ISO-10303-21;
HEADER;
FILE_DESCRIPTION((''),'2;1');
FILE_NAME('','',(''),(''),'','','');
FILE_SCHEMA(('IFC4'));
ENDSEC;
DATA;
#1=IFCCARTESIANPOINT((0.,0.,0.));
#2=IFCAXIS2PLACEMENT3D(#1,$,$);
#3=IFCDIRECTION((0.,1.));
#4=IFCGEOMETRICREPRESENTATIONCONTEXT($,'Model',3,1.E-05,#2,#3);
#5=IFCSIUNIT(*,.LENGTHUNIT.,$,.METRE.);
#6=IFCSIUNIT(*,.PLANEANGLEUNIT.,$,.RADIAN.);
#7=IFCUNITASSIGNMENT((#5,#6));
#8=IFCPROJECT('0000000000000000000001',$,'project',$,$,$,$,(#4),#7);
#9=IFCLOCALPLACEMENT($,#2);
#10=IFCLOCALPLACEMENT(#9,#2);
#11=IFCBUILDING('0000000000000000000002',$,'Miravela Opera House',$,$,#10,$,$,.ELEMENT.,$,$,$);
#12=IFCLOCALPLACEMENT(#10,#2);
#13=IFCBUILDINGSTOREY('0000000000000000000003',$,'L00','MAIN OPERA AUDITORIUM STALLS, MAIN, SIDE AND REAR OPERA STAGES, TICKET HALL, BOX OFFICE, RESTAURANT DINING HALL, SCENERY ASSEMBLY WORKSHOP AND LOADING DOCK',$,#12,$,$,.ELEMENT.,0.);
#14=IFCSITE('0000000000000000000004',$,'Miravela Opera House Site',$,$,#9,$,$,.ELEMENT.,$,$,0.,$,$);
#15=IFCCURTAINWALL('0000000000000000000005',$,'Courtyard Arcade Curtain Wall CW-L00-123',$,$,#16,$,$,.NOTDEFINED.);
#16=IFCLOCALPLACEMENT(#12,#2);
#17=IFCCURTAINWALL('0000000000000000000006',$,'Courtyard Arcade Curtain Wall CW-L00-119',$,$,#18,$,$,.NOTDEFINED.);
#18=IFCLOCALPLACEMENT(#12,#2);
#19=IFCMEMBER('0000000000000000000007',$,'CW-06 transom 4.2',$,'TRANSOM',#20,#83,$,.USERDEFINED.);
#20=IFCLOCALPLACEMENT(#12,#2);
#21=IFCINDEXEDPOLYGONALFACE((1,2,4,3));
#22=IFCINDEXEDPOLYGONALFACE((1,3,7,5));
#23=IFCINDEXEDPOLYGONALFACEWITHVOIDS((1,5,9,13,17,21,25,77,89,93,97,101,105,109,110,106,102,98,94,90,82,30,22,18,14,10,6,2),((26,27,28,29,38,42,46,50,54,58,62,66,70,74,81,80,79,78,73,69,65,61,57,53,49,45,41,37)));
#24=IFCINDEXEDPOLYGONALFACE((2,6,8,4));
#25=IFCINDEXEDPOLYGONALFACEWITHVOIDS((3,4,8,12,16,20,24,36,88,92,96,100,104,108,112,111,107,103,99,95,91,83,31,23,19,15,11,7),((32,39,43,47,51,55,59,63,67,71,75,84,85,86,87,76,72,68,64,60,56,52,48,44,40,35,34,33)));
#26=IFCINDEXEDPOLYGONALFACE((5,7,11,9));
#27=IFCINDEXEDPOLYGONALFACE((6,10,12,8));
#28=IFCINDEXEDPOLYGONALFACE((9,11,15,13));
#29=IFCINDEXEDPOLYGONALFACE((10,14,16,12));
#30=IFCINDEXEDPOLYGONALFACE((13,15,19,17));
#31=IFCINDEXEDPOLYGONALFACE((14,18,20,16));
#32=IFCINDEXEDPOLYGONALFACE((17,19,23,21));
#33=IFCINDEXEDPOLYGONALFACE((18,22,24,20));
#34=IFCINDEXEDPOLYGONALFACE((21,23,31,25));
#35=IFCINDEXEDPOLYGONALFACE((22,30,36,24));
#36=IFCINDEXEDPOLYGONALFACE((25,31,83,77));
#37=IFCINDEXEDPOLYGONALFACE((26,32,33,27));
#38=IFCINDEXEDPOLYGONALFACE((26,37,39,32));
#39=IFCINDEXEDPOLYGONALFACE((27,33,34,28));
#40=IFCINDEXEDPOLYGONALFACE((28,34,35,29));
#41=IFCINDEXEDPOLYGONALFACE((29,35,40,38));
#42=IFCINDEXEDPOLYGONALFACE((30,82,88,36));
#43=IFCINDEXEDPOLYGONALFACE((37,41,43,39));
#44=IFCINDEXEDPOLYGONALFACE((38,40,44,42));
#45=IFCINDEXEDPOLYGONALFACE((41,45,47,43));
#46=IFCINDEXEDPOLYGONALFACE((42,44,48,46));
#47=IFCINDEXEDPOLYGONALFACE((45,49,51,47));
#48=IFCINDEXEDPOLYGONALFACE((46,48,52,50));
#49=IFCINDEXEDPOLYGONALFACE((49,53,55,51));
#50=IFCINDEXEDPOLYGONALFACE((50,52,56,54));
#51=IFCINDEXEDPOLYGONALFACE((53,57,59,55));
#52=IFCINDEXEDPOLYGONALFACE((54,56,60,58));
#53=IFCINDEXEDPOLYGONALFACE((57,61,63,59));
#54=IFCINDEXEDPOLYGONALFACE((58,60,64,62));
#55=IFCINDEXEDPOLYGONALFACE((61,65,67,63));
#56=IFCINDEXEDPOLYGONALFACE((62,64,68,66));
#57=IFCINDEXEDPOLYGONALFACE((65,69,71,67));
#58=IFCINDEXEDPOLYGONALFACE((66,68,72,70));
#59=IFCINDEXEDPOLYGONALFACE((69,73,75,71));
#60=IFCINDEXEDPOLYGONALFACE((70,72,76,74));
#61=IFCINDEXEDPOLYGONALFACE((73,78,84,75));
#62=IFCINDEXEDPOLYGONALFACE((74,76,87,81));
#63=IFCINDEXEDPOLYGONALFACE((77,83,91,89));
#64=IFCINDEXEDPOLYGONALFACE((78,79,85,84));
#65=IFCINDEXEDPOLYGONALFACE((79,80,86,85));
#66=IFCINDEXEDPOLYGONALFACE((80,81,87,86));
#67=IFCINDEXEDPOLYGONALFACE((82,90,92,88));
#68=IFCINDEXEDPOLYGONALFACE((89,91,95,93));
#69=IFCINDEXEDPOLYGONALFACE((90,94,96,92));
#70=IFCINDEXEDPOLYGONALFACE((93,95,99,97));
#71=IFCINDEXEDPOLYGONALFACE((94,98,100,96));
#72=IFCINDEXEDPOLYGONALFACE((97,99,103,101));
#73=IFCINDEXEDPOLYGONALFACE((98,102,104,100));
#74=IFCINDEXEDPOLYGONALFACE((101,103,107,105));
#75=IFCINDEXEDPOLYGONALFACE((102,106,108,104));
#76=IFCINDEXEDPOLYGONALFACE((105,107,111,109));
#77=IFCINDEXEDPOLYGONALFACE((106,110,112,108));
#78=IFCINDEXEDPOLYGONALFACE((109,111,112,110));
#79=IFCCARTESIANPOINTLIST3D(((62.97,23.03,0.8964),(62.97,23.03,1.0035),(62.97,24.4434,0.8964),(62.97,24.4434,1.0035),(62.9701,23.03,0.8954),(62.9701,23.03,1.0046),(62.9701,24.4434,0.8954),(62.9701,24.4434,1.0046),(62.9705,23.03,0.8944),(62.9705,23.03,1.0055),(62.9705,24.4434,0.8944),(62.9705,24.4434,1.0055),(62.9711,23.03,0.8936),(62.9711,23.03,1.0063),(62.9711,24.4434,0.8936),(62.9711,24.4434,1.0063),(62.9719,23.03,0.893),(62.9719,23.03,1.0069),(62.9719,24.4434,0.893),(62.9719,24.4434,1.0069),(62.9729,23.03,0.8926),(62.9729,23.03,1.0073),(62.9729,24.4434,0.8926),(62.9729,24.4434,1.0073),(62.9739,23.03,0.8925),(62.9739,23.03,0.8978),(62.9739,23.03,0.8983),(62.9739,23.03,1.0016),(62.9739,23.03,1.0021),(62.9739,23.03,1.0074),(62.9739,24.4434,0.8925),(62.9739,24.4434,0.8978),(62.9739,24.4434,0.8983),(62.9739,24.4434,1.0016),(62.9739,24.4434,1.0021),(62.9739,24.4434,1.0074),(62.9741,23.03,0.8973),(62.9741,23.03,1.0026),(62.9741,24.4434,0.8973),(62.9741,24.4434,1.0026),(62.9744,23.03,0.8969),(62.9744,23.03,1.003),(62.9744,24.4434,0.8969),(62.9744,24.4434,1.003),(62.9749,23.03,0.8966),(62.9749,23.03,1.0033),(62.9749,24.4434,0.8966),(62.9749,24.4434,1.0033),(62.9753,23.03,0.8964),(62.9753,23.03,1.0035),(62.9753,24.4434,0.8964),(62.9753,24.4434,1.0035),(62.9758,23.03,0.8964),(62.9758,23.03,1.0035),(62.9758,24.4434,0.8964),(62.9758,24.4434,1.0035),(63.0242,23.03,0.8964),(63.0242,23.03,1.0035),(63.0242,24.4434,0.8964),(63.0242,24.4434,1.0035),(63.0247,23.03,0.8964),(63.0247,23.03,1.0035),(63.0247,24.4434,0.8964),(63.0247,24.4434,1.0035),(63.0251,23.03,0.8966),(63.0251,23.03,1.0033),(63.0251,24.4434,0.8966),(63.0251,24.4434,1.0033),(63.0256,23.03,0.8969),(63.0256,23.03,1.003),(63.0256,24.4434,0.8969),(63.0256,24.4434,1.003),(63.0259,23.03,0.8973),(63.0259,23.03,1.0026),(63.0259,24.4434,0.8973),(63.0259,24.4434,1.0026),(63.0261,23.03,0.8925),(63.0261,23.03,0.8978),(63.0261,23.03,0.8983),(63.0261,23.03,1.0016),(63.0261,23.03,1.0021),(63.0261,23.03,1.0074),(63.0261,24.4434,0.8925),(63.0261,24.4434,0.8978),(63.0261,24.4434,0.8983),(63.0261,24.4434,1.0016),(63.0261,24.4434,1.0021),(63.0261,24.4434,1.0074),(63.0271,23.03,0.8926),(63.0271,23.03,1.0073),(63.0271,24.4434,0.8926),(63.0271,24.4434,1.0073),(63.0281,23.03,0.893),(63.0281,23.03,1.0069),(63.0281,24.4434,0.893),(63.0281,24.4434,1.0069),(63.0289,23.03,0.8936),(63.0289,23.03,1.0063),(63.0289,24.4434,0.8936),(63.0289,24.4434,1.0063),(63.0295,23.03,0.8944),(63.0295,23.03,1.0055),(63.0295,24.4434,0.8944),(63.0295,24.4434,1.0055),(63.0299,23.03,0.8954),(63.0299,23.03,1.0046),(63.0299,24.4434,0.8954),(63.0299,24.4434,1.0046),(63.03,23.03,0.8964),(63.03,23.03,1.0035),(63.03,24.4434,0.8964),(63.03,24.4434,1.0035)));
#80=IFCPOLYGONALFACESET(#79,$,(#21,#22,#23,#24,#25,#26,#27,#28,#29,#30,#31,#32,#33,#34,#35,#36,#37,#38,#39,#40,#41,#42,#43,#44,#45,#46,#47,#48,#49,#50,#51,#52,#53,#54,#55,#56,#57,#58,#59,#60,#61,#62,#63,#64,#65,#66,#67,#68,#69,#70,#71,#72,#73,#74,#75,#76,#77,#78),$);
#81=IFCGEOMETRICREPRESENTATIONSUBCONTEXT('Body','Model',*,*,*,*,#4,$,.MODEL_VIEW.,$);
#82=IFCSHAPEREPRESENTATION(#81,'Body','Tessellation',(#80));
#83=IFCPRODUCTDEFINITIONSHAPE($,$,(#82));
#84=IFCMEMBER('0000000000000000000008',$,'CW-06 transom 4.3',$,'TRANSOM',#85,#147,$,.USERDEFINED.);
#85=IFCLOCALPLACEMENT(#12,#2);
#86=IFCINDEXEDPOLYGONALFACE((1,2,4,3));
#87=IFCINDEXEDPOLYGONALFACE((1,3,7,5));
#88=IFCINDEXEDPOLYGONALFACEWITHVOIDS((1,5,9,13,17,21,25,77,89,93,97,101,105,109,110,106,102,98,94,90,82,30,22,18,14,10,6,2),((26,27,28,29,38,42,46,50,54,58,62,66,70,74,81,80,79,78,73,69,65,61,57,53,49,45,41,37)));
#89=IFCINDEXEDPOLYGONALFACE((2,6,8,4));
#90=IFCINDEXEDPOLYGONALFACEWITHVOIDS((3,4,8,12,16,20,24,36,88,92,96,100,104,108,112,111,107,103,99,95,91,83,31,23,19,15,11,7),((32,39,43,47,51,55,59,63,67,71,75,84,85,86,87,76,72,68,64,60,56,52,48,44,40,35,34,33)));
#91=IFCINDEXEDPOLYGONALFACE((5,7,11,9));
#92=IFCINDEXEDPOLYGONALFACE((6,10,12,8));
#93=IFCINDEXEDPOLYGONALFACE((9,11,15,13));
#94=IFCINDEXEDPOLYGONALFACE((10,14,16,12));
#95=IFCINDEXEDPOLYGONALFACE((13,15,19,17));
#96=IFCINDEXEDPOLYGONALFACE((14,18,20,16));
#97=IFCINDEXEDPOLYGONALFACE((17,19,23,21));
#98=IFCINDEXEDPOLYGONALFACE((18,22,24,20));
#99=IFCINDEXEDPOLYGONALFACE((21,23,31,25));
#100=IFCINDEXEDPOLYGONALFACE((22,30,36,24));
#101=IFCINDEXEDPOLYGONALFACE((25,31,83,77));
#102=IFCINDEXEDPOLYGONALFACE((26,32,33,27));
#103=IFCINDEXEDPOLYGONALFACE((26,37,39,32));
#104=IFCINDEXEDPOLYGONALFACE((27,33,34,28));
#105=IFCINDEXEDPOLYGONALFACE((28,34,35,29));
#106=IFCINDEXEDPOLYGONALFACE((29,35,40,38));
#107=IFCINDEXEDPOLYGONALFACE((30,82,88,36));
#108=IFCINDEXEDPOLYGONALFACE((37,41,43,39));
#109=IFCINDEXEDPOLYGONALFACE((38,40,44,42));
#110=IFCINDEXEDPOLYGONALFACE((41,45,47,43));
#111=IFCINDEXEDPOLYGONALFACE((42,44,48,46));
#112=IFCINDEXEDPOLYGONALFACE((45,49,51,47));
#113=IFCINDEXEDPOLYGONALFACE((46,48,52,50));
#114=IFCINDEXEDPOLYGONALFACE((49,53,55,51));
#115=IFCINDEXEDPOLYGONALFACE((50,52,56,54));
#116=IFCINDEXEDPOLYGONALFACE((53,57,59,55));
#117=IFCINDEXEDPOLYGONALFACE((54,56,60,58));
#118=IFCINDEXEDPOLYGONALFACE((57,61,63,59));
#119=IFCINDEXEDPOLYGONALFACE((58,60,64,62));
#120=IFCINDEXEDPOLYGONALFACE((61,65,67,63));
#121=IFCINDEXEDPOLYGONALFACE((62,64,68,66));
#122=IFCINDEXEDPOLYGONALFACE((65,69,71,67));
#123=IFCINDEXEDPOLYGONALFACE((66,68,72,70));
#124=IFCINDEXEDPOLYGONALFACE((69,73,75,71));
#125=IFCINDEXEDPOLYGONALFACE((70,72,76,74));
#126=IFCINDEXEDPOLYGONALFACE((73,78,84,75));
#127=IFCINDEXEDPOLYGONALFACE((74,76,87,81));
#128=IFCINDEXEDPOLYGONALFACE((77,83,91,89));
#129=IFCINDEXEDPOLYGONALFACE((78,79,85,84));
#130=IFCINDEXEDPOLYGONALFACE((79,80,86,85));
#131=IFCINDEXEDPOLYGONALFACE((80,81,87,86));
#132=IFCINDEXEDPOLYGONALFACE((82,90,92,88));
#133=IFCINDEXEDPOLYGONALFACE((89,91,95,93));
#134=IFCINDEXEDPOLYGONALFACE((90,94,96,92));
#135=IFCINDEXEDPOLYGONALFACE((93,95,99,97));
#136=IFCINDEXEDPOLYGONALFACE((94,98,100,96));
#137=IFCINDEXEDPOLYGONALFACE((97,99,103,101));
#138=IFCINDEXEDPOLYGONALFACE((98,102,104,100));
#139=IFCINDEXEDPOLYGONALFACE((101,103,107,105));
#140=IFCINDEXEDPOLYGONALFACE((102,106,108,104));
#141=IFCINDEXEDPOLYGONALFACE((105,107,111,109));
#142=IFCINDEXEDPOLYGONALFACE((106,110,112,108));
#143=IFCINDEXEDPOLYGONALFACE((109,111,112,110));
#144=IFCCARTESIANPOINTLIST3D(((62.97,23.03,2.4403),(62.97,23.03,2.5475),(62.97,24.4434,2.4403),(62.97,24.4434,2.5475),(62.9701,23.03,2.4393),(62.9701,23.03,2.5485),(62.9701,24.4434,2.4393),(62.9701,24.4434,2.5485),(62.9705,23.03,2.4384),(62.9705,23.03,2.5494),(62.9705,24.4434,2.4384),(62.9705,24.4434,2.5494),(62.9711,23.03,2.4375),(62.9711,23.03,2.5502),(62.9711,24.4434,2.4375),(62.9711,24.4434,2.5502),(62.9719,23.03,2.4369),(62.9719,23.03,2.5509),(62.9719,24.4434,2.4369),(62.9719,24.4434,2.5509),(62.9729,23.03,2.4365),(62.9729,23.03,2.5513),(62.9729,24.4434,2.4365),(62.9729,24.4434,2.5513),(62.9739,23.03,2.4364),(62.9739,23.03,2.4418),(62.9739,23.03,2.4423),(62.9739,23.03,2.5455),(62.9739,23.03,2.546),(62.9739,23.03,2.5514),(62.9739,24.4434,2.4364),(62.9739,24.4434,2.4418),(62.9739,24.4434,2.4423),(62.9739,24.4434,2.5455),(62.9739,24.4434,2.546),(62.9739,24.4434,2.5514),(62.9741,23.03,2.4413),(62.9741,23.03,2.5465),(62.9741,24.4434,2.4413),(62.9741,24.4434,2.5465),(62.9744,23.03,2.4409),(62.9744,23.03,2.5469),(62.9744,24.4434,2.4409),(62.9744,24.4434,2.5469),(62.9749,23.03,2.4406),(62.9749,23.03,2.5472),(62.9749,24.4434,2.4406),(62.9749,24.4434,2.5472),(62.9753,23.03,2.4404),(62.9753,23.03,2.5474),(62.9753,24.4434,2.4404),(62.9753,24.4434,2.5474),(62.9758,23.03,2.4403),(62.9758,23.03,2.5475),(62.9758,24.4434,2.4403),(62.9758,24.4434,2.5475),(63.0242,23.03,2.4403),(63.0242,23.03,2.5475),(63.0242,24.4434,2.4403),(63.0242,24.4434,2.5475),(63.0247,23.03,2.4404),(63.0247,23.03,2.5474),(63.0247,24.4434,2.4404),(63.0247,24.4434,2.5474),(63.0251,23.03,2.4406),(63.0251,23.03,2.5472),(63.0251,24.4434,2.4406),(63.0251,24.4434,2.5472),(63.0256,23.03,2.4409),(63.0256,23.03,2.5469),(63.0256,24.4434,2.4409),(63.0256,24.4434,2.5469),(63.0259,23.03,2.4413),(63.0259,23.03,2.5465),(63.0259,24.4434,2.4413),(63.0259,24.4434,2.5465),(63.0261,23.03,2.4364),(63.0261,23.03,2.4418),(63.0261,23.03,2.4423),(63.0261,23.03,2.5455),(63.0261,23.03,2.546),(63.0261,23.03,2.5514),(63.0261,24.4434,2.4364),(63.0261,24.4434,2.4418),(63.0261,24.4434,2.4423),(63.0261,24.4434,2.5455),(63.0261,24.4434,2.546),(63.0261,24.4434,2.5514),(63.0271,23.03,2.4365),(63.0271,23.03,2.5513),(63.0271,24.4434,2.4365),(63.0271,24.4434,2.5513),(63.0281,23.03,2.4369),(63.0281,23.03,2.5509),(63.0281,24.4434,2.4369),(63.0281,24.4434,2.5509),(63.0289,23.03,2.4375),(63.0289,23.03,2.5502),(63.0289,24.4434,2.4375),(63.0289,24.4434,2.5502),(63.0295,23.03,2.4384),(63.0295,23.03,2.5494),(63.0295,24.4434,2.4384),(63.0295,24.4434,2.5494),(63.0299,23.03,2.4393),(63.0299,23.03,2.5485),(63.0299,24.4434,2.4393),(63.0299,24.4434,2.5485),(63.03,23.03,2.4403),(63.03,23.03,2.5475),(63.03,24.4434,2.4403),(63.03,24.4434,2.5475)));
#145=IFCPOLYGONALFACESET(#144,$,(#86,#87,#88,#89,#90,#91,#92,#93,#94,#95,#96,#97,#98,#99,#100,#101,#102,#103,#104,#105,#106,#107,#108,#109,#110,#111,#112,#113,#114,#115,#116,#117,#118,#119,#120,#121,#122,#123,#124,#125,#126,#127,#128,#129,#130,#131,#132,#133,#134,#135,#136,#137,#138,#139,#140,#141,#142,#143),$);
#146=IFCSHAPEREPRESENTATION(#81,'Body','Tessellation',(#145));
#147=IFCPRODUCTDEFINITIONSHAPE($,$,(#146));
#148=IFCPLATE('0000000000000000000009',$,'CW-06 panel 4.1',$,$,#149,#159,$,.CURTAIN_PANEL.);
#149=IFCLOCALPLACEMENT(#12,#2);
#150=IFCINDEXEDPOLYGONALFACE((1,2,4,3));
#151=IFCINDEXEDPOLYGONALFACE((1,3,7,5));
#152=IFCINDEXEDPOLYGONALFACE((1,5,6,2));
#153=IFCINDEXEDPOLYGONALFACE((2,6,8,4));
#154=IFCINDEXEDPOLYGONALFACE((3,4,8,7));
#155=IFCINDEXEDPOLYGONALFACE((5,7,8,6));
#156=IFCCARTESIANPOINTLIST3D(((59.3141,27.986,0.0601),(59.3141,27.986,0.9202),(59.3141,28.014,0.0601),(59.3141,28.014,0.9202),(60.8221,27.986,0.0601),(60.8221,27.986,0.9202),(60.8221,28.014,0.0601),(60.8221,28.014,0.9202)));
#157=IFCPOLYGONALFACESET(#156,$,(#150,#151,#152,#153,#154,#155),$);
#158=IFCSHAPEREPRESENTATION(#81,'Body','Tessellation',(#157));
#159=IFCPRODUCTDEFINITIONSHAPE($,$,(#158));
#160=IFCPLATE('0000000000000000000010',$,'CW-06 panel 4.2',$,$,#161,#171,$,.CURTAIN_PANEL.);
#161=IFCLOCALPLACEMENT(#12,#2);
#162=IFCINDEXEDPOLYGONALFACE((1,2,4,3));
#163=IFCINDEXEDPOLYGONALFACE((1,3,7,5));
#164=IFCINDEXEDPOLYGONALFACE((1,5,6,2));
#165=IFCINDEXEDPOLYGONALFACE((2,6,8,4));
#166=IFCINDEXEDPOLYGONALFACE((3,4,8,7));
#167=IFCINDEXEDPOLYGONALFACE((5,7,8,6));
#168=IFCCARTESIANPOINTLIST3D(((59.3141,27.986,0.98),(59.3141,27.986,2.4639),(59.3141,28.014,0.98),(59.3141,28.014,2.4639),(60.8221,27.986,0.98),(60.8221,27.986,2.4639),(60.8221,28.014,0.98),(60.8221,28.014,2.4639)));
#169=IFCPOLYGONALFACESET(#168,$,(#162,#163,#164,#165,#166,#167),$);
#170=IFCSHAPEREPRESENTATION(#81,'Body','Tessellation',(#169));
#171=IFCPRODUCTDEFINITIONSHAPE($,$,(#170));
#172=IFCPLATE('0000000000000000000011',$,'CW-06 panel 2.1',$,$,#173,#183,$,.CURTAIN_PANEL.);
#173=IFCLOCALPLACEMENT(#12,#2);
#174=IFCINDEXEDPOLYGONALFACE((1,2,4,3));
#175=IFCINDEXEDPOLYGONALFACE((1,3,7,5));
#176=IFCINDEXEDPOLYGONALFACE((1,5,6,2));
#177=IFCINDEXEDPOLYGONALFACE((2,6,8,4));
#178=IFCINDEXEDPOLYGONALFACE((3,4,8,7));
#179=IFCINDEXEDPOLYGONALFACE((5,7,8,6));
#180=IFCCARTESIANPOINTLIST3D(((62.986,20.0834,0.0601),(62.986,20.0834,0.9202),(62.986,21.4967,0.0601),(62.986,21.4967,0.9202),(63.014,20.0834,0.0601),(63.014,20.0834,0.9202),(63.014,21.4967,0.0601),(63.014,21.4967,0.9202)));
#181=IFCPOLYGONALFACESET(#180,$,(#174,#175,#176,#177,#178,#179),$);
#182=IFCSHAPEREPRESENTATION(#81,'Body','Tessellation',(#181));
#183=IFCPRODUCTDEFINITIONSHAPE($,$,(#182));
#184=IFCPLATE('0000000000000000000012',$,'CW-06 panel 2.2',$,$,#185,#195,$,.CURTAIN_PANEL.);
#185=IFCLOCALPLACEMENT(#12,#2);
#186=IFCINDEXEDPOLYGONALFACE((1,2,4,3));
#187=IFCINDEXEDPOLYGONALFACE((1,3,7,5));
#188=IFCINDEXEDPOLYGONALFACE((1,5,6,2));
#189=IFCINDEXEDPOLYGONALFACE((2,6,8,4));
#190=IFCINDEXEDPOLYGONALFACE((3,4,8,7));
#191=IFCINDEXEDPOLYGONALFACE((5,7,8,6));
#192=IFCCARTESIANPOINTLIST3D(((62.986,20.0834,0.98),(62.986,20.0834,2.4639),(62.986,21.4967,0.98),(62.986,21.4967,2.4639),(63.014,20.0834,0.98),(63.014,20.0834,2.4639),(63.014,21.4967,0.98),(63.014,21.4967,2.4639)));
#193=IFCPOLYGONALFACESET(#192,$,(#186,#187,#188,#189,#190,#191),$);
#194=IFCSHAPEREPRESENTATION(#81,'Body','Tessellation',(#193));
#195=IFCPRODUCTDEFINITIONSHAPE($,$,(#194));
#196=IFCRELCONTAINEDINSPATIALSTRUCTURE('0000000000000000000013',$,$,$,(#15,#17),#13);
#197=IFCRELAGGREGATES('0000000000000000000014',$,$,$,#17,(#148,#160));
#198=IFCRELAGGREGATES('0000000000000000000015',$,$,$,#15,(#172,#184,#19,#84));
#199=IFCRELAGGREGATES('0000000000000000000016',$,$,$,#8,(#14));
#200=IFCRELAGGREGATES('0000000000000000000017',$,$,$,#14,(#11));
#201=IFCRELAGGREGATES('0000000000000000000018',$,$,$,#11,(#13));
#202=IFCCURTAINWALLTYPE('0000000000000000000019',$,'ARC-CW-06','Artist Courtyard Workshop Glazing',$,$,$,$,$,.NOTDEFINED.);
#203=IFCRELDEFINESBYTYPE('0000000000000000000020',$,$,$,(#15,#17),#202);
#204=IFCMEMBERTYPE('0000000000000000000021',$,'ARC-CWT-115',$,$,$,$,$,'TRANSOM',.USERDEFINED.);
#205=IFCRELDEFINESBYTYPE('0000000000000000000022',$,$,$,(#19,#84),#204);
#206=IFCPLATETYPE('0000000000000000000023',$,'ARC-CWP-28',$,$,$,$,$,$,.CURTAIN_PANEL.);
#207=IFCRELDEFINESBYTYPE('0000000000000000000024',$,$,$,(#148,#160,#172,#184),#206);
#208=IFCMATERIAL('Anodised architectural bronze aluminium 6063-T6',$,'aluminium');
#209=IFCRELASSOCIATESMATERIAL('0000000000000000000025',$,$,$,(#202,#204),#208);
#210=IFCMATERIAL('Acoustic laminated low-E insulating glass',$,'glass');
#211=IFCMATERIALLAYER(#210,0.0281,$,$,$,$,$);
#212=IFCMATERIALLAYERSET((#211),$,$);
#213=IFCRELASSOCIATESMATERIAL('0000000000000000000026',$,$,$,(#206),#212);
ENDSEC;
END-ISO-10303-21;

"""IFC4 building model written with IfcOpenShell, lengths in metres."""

from ifc_helpers import new_model, si_unit, direction, frame, origin, origin_2d, place, context, subcontext, project, spatial, rectangle, hollow_rectangle, extrude, material, layer, layer_set, material_profile, profile_set, type_object, element, aggregate, save


model = new_model("IFC4")

# Units and contexts
model_context = context("Model", 3, precision=1e-05, world=origin(), true_north=direction((0.0, 1.0)))
body_context = subcontext(model_context, "Body", "Model", "MODEL_VIEW")
ifc_project = project(units=[si_unit("LENGTHUNIT", "METRE"), si_unit("PLANEANGLEUNIT", "RADIAN")], contexts=[model_context])

# Site, building, storey
site_placement = place(None, origin())
site = spatial("IfcSite", under=ifc_project, at=site_placement, Name="Miravela Opera House Site", CompositionType="ELEMENT", RefElevation=0.0)
building_placement = place(site_placement, origin())
building = spatial("IfcBuilding", under=site, at=building_placement, Name="Miravela Opera House", CompositionType="ELEMENT")
storey_placement = place(building_placement, origin())
storey = spatial("IfcBuildingStorey", under=building, at=storey_placement, Name="L00", Description="MAIN OPERA AUDITORIUM STALLS, MAIN, SIDE AND REAR OPERA STAGES, TICKET HALL, BOX OFFICE, RESTAURANT DINING HALL, SCENERY ASSEMBLY WORKSHOP AND LOADING DOCK", CompositionType="ELEMENT", Elevation=0.0)

# Curtain walls
ifc_material_1 = material(Name="Anodised architectural bronze aluminium 6063-T6", Category="aluminium")
curtain_wall_type = type_object("IfcCurtainWallType", Name="ARC-CW-06", Description="Artist Courtyard Workshop Glazing", PredefinedType="NOTDEFINED", material=ifc_material_1)
curtain_wall_1_placement = place(storey_placement, origin())
curtain_wall_1 = element("IfcCurtainWall", 1, at=curtain_wall_1_placement, inside=storey, type_object=curtain_wall_type, Name="Courtyard Arcade Curtain Wall CW-L00-123", PredefinedType="NOTDEFINED")
curtain_wall_2_placement = place(storey_placement, origin())
curtain_wall_2 = element("IfcCurtainWall", 2, at=curtain_wall_2_placement, inside=storey, type_object=curtain_wall_type, Name="Courtyard Arcade Curtain Wall CW-L00-119", PredefinedType="NOTDEFINED")
ifc_material_profile_1 = material_profile(ifc_material_1, hollow_rectangle(XDim=0.0601, YDim=0.115, WallThickness=0.0039, InnerFilletRadius=0.002, OuterFilletRadius=0.0039, at=origin_2d()), Name="CWT-60X115")
ifc_profile_set_1 = profile_set([ifc_material_profile_1])
member_type_1 = type_object("IfcMemberType", Name="ARC-CWT-115", ElementType="TRANSOM", PredefinedType="USERDEFINED", material=ifc_profile_set_1)

# Members
member_1_placement = place(storey_placement, frame((63.0, 23.03, 0.95), z_axis=(0.0, 1.0, 0.0), x_axis=(-1.0, 0.0, 0.0)))
member_1 = element("IfcMember", 3, at=member_1_placement, type_object=member_type_1, Name="CW-06 transom 4.2", ObjectType="TRANSOM", PredefinedType="USERDEFINED", context=body_context, shape_type="SweptSolid", body=[
    extrude(hollow_rectangle(XDim=0.0601, YDim=0.115, WallThickness=0.0039, InnerFilletRadius=0.002, OuterFilletRadius=0.0039, at=origin_2d()), origin(), (0.0, 0.0, 1.0), 1.4133),
])
member_2_placement = place(storey_placement, frame((63.0, 23.03, 2.4939), z_axis=(0.0, 1.0, 0.0), x_axis=(-1.0, 0.0, 0.0)))
member_2 = element("IfcMember", 4, at=member_2_placement, type_object=member_type_1, Name="CW-06 transom 4.3", ObjectType="TRANSOM", PredefinedType="USERDEFINED", context=body_context, shape_type="SweptSolid", body=[
    extrude(hollow_rectangle(XDim=0.0601, YDim=0.115, WallThickness=0.0039, InnerFilletRadius=0.002, OuterFilletRadius=0.0039, at=origin_2d()), origin(), (0.0, 0.0, 1.0), 1.4133),
])

# Plates
ifc_material_2 = material(Name="Acoustic laminated low-E insulating glass", Category="glass")
ifc_layer = layer(ifc_material_2, 0.0281)
ifc_layer_set = layer_set([ifc_layer])
plate_type = type_object("IfcPlateType", Name="ARC-CWP-28", PredefinedType="CURTAIN_PANEL", material=ifc_layer_set)
plate_1_placement = place(storey_placement, frame((60.0681, 28.0, 0.0601), z_axis=(0.0, 0.0, 1.0), x_axis=(1.0, 0.0, 0.0)))
plate_1 = element("IfcPlate", 5, at=plate_1_placement, type_object=plate_type, Name="CW-06 panel 4.1", PredefinedType="CURTAIN_PANEL", context=body_context, shape_type="SweptSolid", body=[
    extrude(rectangle(XDim=1.5081, YDim=0.0281, at=origin_2d()), origin(), (0.0, 0.0, 1.0), 0.8601),
])
plate_2_placement = place(storey_placement, frame((60.0681, 28.0, 0.98), z_axis=(0.0, 0.0, 1.0), x_axis=(1.0, 0.0, 0.0)))
plate_2 = element("IfcPlate", 6, at=plate_2_placement, type_object=plate_type, Name="CW-06 panel 4.2", PredefinedType="CURTAIN_PANEL", context=body_context, shape_type="SweptSolid", body=[
    extrude(rectangle(XDim=1.5081, YDim=0.0281, at=origin_2d()), origin(), (0.0, 0.0, 1.0), 1.4839),
])
aggregate(curtain_wall_2, [plate_1, plate_2])
plate_3_placement = place(storey_placement, frame((63.0, 20.79, 0.0601), z_axis=(0.0, 0.0, 1.0), x_axis=(0.0, 1.0, 0.0)))
plate_3 = element("IfcPlate", 7, at=plate_3_placement, type_object=plate_type, Name="CW-06 panel 2.1", PredefinedType="CURTAIN_PANEL", context=body_context, shape_type="SweptSolid", body=[
    extrude(rectangle(XDim=1.4133, YDim=0.0281, at=origin_2d()), origin(), (0.0, 0.0, 1.0), 0.8601),
])
plate_4_placement = place(storey_placement, frame((63.0, 20.79, 0.98), z_axis=(0.0, 0.0, 1.0), x_axis=(0.0, 1.0, 0.0)))
plate_4 = element("IfcPlate", 8, at=plate_4_placement, type_object=plate_type, Name="CW-06 panel 2.2", PredefinedType="CURTAIN_PANEL", context=body_context, shape_type="SweptSolid", body=[
    extrude(rectangle(XDim=1.4133, YDim=0.0281, at=origin_2d()), origin(), (0.0, 0.0, 1.0), 1.4839),
])
aggregate(curtain_wall_1, [plate_3, plate_4, member_1, member_2])

save(model, "model.ifc")
